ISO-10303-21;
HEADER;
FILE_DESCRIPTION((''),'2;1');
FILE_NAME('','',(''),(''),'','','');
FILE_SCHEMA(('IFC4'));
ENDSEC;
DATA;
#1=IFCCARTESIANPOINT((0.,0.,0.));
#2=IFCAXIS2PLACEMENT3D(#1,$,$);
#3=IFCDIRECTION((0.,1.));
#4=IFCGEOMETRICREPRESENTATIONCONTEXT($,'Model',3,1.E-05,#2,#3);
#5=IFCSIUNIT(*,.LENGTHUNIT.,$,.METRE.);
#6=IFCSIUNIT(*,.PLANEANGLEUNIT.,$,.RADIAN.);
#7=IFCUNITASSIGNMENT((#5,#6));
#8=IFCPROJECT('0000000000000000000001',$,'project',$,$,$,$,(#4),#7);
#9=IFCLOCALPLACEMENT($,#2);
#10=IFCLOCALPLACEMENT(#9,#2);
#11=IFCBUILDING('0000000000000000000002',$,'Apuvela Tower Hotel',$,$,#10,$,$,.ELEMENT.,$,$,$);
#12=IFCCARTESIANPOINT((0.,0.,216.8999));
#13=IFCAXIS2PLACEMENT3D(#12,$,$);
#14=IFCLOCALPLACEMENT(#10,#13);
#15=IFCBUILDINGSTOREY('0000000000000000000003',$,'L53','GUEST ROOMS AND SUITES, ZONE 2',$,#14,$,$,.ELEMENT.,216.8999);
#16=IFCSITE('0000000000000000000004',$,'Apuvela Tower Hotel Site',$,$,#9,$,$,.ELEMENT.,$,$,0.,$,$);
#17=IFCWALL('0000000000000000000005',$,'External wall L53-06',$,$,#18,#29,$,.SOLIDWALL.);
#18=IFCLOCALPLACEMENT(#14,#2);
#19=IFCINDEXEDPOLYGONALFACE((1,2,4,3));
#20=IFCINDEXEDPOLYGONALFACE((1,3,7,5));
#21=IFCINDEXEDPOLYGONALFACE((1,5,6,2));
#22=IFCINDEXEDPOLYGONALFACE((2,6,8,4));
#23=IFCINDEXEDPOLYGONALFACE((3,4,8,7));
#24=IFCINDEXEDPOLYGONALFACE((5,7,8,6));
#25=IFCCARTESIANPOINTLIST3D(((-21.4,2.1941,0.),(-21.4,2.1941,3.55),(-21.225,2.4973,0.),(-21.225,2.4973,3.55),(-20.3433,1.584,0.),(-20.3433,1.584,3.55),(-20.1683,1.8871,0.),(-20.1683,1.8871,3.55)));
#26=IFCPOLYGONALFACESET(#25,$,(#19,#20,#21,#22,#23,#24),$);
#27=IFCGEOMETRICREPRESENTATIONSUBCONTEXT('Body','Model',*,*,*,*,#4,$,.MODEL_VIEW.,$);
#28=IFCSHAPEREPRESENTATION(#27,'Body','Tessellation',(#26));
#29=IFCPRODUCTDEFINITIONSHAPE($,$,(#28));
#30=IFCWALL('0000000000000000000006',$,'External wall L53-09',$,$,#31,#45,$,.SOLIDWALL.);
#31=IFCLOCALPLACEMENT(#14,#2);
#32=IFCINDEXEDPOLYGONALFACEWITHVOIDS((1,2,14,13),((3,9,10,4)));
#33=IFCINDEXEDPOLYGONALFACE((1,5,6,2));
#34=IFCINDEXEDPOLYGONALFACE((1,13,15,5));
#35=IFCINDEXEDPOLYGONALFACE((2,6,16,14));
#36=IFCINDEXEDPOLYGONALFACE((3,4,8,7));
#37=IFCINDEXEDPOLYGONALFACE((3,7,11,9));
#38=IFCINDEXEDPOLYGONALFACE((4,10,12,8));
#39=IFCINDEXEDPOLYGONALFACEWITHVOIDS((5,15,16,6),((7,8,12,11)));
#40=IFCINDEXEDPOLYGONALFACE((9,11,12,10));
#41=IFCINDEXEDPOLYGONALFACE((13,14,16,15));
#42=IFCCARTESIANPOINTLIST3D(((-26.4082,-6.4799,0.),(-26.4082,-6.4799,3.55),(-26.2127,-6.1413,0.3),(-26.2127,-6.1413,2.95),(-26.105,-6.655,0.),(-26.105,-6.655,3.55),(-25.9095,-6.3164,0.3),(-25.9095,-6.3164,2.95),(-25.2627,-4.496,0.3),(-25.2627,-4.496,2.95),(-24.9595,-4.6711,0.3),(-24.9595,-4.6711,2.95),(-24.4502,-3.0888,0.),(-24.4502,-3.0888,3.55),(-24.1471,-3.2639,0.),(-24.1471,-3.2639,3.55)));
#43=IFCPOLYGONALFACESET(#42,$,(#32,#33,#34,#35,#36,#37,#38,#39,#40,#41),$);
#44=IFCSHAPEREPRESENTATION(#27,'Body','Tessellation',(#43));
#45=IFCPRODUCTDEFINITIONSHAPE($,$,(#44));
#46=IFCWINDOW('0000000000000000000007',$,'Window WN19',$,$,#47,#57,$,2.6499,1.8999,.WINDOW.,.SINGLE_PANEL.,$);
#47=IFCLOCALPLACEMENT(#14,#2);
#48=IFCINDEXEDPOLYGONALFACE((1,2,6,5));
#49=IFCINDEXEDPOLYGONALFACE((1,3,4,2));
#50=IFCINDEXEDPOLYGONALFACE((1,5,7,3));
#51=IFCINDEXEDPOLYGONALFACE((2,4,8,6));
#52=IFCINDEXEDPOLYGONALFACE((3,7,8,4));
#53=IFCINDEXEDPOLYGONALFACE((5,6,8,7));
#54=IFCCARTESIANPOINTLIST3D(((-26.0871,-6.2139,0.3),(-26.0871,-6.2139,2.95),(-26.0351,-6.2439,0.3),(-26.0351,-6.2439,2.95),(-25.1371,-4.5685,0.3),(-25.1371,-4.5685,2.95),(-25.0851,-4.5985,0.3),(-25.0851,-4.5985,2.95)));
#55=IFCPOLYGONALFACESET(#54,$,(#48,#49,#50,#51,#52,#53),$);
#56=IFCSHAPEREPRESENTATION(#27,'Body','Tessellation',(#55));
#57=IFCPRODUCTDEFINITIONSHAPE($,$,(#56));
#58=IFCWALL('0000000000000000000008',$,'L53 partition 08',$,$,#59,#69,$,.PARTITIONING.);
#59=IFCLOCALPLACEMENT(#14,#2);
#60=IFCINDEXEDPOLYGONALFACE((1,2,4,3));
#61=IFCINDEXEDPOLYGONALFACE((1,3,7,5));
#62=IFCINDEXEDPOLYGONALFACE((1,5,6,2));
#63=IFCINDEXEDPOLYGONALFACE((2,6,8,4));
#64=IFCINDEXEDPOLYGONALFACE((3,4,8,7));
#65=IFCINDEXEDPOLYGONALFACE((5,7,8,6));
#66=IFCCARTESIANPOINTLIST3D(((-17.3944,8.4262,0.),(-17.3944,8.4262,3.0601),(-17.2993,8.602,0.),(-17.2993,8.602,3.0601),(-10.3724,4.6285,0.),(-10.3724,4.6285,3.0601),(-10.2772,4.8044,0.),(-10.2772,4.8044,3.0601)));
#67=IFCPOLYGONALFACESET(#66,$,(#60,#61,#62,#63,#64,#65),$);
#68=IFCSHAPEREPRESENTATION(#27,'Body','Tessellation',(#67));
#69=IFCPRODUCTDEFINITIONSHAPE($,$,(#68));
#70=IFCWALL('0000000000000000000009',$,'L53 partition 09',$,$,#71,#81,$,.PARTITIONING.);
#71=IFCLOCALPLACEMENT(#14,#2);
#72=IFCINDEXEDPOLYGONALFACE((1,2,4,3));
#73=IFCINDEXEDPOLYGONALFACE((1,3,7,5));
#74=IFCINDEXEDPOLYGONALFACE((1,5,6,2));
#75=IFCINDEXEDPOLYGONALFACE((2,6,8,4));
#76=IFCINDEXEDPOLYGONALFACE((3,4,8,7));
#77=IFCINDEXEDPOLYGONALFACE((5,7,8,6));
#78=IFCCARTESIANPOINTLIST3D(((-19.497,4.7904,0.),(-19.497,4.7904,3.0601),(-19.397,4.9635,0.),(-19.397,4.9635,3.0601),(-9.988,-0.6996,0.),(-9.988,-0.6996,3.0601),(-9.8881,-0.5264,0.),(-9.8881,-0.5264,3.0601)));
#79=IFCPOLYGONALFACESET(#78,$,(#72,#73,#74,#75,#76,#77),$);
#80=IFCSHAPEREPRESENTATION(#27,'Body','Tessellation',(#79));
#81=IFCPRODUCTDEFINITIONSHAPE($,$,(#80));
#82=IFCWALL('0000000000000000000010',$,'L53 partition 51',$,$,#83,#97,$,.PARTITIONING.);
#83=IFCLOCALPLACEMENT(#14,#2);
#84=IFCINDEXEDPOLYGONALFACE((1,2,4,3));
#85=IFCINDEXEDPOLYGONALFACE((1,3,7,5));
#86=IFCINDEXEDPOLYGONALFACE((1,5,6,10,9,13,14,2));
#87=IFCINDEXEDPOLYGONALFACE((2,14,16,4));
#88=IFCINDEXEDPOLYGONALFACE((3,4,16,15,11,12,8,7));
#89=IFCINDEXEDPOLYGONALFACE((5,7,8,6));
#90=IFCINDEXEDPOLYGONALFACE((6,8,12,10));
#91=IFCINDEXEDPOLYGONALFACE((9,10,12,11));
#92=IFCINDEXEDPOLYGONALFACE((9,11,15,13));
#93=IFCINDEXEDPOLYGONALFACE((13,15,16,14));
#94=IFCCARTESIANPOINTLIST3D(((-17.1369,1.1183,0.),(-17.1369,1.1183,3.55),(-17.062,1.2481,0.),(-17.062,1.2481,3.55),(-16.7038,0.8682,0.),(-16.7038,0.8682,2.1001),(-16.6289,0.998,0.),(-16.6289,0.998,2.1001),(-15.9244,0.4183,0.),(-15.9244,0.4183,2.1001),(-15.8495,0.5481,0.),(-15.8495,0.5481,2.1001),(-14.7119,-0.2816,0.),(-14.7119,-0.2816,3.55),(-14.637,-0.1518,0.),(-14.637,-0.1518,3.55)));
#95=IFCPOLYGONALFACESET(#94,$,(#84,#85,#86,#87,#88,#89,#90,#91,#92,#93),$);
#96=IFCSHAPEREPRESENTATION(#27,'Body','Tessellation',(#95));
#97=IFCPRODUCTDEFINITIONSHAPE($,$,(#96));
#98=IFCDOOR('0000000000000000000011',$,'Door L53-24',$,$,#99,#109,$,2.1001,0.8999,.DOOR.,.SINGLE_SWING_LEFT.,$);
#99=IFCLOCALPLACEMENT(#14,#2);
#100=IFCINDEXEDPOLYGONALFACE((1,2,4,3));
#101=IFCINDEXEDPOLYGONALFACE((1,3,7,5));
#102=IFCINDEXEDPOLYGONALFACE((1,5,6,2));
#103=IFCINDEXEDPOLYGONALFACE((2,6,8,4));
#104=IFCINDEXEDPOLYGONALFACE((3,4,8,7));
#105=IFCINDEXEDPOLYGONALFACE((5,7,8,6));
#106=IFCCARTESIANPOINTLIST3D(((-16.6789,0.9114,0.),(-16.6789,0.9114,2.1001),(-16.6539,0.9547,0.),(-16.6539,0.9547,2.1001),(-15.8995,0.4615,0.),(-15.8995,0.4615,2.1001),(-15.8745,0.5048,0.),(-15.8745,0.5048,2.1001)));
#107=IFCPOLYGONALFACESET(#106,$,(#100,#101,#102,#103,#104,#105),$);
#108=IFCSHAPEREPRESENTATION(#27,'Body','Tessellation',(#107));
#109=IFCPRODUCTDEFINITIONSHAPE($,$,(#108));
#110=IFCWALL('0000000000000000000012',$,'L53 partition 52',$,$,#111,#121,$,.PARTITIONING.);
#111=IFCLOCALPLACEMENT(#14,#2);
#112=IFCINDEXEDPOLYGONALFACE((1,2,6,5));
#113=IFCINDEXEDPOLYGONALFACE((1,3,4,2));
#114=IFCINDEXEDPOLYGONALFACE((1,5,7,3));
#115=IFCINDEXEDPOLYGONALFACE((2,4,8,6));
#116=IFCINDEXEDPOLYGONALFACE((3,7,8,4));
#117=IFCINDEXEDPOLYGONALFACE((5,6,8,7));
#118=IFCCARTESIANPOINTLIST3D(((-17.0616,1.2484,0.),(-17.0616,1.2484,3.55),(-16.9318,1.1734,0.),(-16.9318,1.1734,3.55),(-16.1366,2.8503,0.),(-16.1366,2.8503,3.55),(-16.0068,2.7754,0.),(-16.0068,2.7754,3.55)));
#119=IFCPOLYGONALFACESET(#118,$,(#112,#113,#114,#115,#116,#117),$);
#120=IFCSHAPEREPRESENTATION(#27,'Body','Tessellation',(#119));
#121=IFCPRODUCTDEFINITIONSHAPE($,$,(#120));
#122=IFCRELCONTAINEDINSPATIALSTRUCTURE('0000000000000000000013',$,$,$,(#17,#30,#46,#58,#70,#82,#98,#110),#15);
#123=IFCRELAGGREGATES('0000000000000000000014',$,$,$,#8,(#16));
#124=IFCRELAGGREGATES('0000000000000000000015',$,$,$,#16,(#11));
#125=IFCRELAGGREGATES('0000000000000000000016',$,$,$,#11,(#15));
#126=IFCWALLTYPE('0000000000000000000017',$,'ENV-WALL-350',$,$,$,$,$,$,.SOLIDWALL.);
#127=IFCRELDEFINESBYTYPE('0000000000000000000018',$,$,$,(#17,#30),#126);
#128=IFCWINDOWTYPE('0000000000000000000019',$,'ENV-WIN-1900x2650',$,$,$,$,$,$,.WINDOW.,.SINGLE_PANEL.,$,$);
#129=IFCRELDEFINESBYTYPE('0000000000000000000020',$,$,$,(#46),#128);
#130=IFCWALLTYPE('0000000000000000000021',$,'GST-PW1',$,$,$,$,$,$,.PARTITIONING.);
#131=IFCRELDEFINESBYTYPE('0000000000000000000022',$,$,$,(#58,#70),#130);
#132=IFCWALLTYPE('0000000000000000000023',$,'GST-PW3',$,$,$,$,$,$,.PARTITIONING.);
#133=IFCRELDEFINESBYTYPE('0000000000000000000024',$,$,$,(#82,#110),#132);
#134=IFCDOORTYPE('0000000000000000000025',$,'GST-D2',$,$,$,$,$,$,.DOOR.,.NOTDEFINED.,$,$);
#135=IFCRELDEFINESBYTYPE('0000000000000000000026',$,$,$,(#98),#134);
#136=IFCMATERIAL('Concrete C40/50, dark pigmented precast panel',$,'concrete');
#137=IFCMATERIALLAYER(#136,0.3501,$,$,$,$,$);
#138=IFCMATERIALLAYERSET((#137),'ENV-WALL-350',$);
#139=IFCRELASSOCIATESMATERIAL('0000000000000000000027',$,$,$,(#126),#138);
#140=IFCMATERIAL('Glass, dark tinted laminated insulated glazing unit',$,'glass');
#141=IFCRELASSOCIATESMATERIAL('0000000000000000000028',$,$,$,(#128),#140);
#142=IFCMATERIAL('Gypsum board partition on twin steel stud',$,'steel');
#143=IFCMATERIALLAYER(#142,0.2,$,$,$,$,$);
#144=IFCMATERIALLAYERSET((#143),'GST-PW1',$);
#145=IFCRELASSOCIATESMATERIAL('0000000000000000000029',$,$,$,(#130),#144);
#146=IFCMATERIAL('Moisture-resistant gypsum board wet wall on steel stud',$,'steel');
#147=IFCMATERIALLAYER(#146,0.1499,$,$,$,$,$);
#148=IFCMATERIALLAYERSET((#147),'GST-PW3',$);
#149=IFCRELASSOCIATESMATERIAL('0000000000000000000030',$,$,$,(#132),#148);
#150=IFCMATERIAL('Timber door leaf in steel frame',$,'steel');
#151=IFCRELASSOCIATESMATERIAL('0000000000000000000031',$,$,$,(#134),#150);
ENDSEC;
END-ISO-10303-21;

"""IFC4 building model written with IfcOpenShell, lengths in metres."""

from ifc_helpers import new_model, si_unit, direction, frame, frame_2d, origin, place, context, subcontext, project, spatial, rectangle, extrude, material, layer, layer_set, type_object, element, fill, save


model = new_model("IFC4")

# Units and contexts
model_context = context("Model", 3, precision=1e-05, world=origin(), true_north=direction((0.0, 1.0)))
body_context = subcontext(model_context, "Body", "Model", "MODEL_VIEW")
ifc_project = project(units=[si_unit("LENGTHUNIT", "METRE"), si_unit("PLANEANGLEUNIT", "RADIAN")], contexts=[model_context])

# Site, building, storey
site_placement = place(None, origin())
site = spatial("IfcSite", under=ifc_project, at=site_placement, Name="Apuvela Tower Hotel Site", CompositionType="ELEMENT", RefElevation=0.0)
building_placement = place(site_placement, origin())
building = spatial("IfcBuilding", under=site, at=building_placement, Name="Apuvela Tower Hotel", CompositionType="ELEMENT")
storey_placement = place(building_placement, frame((0.0, 0.0, 216.8999)))
storey = spatial("IfcBuildingStorey", under=building, at=storey_placement, Name="L53", Description="GUEST ROOMS AND SUITES, ZONE 2", CompositionType="ELEMENT", Elevation=216.8999)

# Shared definitions
ifc_material_1 = material(Name="Concrete C40/50, dark pigmented precast panel", Category="concrete")
ifc_layer_1 = layer(ifc_material_1, 0.3501)
ifc_layer_set_1 = layer_set([ifc_layer_1], Name="ENV-WALL-350")
wall_type_1 = type_object("IfcWallType", Name="ENV-WALL-350", PredefinedType="SOLIDWALL", material=ifc_layer_set_1)

# Shared definitions
ifc_material_2 = material(Name="Glass, dark tinted laminated insulated glazing unit", Category="glass")

# Wall
wall_1_placement = place(storey_placement, frame((-21.3125, 2.3457, 0.0), z_axis=(0.0, 0.0, 1.0), x_axis=(0.866006, -0.500034, 0.0)))
element("IfcWall", 1, at=wall_1_placement, inside=storey, type_object=wall_type_1, Name="External wall L53-06", PredefinedType="SOLIDWALL", context=body_context, shape_type="SweptSolid", body=[
    extrude(rectangle(XDim=1.2202, YDim=0.3501, at=frame_2d((0.6101, 0.0))), origin(), (0.0, 0.0, 1.0), 3.55),
])

# Wall, opening, window
wall_2_placement = place(storey_placement, frame((-24.2986, -3.1763, 0.0), z_axis=(0.0, 0.0, 1.0), x_axis=(-0.500028, -0.866009, 0.0)))
wall_2 = element("IfcWall", 2, at=wall_2_placement, inside=storey, type_object=wall_type_1, Name="External wall L53-09", PredefinedType="SOLIDWALL", context=body_context, shape_type="SweptSolid", body=[
    extrude(rectangle(XDim=3.9158, YDim=0.3501, at=frame_2d((1.958, 0.0))), origin(), (0.0, 0.0, 1.0), 3.55),
])
opening_1_placement = place(wall_2_placement, frame((1.625, 0.0, 0.3)))
opening_1 = element("IfcOpeningElement", 3, at=opening_1_placement, cuts=wall_2, PredefinedType="OPENING", context=body_context, shape_type="SweptSolid", body=[
    extrude(rectangle(XDim=1.8999, YDim=2.6499, at=frame_2d((0.95, 1.325))), frame((0.0, 0.1851, 0.0), z_axis=(0.0, -1.0, 0.0), x_axis=(1.0, 0.0, 0.0)), (0.0, 0.0, 1.0), 0.3701),
])
window_type_1 = type_object("IfcWindowType", Name="ENV-WIN-1900x2650", PartitioningType="SINGLE_PANEL", PredefinedType="WINDOW", material=ifc_material_2)
window_1_placement = place(opening_1_placement, origin())
window_1 = element("IfcWindow", 4, at=window_1_placement, inside=storey, type_object=window_type_1, Name="Window WN19", OverallHeight=2.6499, OverallWidth=1.8999, PartitioningType="SINGLE_PANEL", PredefinedType="WINDOW", context=body_context, shape_type="SweptSolid", body=[
    extrude(rectangle(XDim=1.8999, YDim=2.6499, at=frame_2d((0.95, 1.325))), frame((0.0, 0.03, 0.0), z_axis=(0.0, -1.0, 0.0), x_axis=(1.0, 0.0, 0.0)), (0.0, 0.0, 1.0), 0.0601),
])
fill(opening_1, window_1)

# Walls
ifc_material_3 = material(Name="Gypsum board partition on twin steel stud", Category="steel")
ifc_layer_2 = layer(ifc_material_3, 0.2)
ifc_layer_set_2 = layer_set([ifc_layer_2], Name="GST-PW1")
wall_type_2 = type_object("IfcWallType", Name="GST-PW1", PredefinedType="PARTITIONING", material=ifc_layer_set_2)
wall_3_placement = place(storey_placement, frame((-17.3469, 8.5142, 0.0), z_axis=(0.0, 0.0, 1.0), x_axis=(0.879604, -0.475706, 0.0)))
element("IfcWall", 5, at=wall_3_placement, inside=storey, type_object=wall_type_2, Name="L53 partition 08", PredefinedType="PARTITIONING", context=body_context, shape_type="SweptSolid", body=[
    extrude(rectangle(XDim=7.9832, YDim=0.2, at=frame_2d((3.9917, 0.0))), origin(), (0.0, 0.0, 1.0), 3.0601),
])
wall_4_placement = place(storey_placement, frame((-19.447, 4.877, 0.0), z_axis=(0.0, 0.0, 1.0), x_axis=(0.866027, -0.499996, 0.0)))
element("IfcWall", 6, at=wall_4_placement, inside=storey, type_object=wall_type_2, Name="L53 partition 09", PredefinedType="PARTITIONING", context=body_context, shape_type="SweptSolid", body=[
    extrude(rectangle(XDim=10.98, YDim=0.2, at=frame_2d((5.49, 0.0))), origin(), (0.0, 0.0, 1.0), 3.0601),
])

# Wall, opening, door
ifc_material_4 = material(Name="Moisture-resistant gypsum board wet wall on steel stud", Category="steel")
ifc_layer_3 = layer(ifc_material_4, 0.1499)
ifc_layer_set_3 = layer_set([ifc_layer_3], Name="GST-PW3")
wall_type_3 = type_object("IfcWallType", Name="GST-PW3", PredefinedType="PARTITIONING", material=ifc_layer_set_3)
wall_5_placement = place(storey_placement, frame((-17.0994, 1.1831, 0.0), z_axis=(0.0, 0.0, 1.0), x_axis=(0.866056, -0.499946, 0.0)))
wall_5 = element("IfcWall", 7, at=wall_5_placement, inside=storey, type_object=wall_type_3, Name="L53 partition 51", PredefinedType="PARTITIONING", context=body_context, shape_type="SweptSolid", body=[
    extrude(rectangle(XDim=2.8, YDim=0.1499, at=frame_2d((1.3999, 0.0))), origin(), (0.0, 0.0, 1.0), 3.55),
])
opening_2_placement = place(wall_5_placement, frame((0.5, 0.0, 0.0)))
opening_2 = element("IfcOpeningElement", 8, at=opening_2_placement, cuts=wall_5, PredefinedType="OPENING", context=body_context, shape_type="SweptSolid", body=[
    extrude(rectangle(XDim=0.8999, YDim=2.1001, at=frame_2d((0.45, 1.05))), frame((0.0, 0.085, 0.0), z_axis=(0.0, -1.0, 0.0), x_axis=(1.0, 0.0, 0.0)), (0.0, 0.0, 1.0), 0.1699),
])
ifc_material_5 = material(Name="Timber door leaf in steel frame", Category="steel")
door_type_1 = type_object("IfcDoorType", Name="GST-D2", OperationType="NOTDEFINED", PredefinedType="DOOR", material=ifc_material_5)
door_1_placement = place(opening_2_placement, origin())
door_1 = element("IfcDoor", 9, at=door_1_placement, inside=storey, type_object=door_type_1, Name="Door L53-24", OperationType="SINGLE_SWING_LEFT", OverallHeight=2.1001, OverallWidth=0.8999, PredefinedType="DOOR", context=body_context, shape_type="SweptSolid", body=[
    extrude(rectangle(XDim=0.8999, YDim=2.1001, at=frame_2d((0.45, 1.05))), frame((0.0, 0.0249, 0.0), z_axis=(0.0, -1.0, 0.0), x_axis=(1.0, 0.0, 0.0)), (0.0, 0.0, 1.0), 0.05),
])
fill(opening_2, door_1)

# Wall
wall_6_placement = place(storey_placement, frame((-16.0718, 2.8127, 0.0), z_axis=(0.0, 0.0, 1.0), x_axis=(-0.500042, -0.866001, 0.0)))
element("IfcWall", 10, at=wall_6_placement, inside=storey, type_object=wall_type_3, Name="L53 partition 52", PredefinedType="PARTITIONING", context=body_context, shape_type="SweptSolid", body=[
    extrude(rectangle(XDim=1.8499, YDim=0.1499, at=frame_2d((0.9248, 0.0))), origin(), (0.0, 0.0, 1.0), 3.55),
])

save(model, "model.ifc")
